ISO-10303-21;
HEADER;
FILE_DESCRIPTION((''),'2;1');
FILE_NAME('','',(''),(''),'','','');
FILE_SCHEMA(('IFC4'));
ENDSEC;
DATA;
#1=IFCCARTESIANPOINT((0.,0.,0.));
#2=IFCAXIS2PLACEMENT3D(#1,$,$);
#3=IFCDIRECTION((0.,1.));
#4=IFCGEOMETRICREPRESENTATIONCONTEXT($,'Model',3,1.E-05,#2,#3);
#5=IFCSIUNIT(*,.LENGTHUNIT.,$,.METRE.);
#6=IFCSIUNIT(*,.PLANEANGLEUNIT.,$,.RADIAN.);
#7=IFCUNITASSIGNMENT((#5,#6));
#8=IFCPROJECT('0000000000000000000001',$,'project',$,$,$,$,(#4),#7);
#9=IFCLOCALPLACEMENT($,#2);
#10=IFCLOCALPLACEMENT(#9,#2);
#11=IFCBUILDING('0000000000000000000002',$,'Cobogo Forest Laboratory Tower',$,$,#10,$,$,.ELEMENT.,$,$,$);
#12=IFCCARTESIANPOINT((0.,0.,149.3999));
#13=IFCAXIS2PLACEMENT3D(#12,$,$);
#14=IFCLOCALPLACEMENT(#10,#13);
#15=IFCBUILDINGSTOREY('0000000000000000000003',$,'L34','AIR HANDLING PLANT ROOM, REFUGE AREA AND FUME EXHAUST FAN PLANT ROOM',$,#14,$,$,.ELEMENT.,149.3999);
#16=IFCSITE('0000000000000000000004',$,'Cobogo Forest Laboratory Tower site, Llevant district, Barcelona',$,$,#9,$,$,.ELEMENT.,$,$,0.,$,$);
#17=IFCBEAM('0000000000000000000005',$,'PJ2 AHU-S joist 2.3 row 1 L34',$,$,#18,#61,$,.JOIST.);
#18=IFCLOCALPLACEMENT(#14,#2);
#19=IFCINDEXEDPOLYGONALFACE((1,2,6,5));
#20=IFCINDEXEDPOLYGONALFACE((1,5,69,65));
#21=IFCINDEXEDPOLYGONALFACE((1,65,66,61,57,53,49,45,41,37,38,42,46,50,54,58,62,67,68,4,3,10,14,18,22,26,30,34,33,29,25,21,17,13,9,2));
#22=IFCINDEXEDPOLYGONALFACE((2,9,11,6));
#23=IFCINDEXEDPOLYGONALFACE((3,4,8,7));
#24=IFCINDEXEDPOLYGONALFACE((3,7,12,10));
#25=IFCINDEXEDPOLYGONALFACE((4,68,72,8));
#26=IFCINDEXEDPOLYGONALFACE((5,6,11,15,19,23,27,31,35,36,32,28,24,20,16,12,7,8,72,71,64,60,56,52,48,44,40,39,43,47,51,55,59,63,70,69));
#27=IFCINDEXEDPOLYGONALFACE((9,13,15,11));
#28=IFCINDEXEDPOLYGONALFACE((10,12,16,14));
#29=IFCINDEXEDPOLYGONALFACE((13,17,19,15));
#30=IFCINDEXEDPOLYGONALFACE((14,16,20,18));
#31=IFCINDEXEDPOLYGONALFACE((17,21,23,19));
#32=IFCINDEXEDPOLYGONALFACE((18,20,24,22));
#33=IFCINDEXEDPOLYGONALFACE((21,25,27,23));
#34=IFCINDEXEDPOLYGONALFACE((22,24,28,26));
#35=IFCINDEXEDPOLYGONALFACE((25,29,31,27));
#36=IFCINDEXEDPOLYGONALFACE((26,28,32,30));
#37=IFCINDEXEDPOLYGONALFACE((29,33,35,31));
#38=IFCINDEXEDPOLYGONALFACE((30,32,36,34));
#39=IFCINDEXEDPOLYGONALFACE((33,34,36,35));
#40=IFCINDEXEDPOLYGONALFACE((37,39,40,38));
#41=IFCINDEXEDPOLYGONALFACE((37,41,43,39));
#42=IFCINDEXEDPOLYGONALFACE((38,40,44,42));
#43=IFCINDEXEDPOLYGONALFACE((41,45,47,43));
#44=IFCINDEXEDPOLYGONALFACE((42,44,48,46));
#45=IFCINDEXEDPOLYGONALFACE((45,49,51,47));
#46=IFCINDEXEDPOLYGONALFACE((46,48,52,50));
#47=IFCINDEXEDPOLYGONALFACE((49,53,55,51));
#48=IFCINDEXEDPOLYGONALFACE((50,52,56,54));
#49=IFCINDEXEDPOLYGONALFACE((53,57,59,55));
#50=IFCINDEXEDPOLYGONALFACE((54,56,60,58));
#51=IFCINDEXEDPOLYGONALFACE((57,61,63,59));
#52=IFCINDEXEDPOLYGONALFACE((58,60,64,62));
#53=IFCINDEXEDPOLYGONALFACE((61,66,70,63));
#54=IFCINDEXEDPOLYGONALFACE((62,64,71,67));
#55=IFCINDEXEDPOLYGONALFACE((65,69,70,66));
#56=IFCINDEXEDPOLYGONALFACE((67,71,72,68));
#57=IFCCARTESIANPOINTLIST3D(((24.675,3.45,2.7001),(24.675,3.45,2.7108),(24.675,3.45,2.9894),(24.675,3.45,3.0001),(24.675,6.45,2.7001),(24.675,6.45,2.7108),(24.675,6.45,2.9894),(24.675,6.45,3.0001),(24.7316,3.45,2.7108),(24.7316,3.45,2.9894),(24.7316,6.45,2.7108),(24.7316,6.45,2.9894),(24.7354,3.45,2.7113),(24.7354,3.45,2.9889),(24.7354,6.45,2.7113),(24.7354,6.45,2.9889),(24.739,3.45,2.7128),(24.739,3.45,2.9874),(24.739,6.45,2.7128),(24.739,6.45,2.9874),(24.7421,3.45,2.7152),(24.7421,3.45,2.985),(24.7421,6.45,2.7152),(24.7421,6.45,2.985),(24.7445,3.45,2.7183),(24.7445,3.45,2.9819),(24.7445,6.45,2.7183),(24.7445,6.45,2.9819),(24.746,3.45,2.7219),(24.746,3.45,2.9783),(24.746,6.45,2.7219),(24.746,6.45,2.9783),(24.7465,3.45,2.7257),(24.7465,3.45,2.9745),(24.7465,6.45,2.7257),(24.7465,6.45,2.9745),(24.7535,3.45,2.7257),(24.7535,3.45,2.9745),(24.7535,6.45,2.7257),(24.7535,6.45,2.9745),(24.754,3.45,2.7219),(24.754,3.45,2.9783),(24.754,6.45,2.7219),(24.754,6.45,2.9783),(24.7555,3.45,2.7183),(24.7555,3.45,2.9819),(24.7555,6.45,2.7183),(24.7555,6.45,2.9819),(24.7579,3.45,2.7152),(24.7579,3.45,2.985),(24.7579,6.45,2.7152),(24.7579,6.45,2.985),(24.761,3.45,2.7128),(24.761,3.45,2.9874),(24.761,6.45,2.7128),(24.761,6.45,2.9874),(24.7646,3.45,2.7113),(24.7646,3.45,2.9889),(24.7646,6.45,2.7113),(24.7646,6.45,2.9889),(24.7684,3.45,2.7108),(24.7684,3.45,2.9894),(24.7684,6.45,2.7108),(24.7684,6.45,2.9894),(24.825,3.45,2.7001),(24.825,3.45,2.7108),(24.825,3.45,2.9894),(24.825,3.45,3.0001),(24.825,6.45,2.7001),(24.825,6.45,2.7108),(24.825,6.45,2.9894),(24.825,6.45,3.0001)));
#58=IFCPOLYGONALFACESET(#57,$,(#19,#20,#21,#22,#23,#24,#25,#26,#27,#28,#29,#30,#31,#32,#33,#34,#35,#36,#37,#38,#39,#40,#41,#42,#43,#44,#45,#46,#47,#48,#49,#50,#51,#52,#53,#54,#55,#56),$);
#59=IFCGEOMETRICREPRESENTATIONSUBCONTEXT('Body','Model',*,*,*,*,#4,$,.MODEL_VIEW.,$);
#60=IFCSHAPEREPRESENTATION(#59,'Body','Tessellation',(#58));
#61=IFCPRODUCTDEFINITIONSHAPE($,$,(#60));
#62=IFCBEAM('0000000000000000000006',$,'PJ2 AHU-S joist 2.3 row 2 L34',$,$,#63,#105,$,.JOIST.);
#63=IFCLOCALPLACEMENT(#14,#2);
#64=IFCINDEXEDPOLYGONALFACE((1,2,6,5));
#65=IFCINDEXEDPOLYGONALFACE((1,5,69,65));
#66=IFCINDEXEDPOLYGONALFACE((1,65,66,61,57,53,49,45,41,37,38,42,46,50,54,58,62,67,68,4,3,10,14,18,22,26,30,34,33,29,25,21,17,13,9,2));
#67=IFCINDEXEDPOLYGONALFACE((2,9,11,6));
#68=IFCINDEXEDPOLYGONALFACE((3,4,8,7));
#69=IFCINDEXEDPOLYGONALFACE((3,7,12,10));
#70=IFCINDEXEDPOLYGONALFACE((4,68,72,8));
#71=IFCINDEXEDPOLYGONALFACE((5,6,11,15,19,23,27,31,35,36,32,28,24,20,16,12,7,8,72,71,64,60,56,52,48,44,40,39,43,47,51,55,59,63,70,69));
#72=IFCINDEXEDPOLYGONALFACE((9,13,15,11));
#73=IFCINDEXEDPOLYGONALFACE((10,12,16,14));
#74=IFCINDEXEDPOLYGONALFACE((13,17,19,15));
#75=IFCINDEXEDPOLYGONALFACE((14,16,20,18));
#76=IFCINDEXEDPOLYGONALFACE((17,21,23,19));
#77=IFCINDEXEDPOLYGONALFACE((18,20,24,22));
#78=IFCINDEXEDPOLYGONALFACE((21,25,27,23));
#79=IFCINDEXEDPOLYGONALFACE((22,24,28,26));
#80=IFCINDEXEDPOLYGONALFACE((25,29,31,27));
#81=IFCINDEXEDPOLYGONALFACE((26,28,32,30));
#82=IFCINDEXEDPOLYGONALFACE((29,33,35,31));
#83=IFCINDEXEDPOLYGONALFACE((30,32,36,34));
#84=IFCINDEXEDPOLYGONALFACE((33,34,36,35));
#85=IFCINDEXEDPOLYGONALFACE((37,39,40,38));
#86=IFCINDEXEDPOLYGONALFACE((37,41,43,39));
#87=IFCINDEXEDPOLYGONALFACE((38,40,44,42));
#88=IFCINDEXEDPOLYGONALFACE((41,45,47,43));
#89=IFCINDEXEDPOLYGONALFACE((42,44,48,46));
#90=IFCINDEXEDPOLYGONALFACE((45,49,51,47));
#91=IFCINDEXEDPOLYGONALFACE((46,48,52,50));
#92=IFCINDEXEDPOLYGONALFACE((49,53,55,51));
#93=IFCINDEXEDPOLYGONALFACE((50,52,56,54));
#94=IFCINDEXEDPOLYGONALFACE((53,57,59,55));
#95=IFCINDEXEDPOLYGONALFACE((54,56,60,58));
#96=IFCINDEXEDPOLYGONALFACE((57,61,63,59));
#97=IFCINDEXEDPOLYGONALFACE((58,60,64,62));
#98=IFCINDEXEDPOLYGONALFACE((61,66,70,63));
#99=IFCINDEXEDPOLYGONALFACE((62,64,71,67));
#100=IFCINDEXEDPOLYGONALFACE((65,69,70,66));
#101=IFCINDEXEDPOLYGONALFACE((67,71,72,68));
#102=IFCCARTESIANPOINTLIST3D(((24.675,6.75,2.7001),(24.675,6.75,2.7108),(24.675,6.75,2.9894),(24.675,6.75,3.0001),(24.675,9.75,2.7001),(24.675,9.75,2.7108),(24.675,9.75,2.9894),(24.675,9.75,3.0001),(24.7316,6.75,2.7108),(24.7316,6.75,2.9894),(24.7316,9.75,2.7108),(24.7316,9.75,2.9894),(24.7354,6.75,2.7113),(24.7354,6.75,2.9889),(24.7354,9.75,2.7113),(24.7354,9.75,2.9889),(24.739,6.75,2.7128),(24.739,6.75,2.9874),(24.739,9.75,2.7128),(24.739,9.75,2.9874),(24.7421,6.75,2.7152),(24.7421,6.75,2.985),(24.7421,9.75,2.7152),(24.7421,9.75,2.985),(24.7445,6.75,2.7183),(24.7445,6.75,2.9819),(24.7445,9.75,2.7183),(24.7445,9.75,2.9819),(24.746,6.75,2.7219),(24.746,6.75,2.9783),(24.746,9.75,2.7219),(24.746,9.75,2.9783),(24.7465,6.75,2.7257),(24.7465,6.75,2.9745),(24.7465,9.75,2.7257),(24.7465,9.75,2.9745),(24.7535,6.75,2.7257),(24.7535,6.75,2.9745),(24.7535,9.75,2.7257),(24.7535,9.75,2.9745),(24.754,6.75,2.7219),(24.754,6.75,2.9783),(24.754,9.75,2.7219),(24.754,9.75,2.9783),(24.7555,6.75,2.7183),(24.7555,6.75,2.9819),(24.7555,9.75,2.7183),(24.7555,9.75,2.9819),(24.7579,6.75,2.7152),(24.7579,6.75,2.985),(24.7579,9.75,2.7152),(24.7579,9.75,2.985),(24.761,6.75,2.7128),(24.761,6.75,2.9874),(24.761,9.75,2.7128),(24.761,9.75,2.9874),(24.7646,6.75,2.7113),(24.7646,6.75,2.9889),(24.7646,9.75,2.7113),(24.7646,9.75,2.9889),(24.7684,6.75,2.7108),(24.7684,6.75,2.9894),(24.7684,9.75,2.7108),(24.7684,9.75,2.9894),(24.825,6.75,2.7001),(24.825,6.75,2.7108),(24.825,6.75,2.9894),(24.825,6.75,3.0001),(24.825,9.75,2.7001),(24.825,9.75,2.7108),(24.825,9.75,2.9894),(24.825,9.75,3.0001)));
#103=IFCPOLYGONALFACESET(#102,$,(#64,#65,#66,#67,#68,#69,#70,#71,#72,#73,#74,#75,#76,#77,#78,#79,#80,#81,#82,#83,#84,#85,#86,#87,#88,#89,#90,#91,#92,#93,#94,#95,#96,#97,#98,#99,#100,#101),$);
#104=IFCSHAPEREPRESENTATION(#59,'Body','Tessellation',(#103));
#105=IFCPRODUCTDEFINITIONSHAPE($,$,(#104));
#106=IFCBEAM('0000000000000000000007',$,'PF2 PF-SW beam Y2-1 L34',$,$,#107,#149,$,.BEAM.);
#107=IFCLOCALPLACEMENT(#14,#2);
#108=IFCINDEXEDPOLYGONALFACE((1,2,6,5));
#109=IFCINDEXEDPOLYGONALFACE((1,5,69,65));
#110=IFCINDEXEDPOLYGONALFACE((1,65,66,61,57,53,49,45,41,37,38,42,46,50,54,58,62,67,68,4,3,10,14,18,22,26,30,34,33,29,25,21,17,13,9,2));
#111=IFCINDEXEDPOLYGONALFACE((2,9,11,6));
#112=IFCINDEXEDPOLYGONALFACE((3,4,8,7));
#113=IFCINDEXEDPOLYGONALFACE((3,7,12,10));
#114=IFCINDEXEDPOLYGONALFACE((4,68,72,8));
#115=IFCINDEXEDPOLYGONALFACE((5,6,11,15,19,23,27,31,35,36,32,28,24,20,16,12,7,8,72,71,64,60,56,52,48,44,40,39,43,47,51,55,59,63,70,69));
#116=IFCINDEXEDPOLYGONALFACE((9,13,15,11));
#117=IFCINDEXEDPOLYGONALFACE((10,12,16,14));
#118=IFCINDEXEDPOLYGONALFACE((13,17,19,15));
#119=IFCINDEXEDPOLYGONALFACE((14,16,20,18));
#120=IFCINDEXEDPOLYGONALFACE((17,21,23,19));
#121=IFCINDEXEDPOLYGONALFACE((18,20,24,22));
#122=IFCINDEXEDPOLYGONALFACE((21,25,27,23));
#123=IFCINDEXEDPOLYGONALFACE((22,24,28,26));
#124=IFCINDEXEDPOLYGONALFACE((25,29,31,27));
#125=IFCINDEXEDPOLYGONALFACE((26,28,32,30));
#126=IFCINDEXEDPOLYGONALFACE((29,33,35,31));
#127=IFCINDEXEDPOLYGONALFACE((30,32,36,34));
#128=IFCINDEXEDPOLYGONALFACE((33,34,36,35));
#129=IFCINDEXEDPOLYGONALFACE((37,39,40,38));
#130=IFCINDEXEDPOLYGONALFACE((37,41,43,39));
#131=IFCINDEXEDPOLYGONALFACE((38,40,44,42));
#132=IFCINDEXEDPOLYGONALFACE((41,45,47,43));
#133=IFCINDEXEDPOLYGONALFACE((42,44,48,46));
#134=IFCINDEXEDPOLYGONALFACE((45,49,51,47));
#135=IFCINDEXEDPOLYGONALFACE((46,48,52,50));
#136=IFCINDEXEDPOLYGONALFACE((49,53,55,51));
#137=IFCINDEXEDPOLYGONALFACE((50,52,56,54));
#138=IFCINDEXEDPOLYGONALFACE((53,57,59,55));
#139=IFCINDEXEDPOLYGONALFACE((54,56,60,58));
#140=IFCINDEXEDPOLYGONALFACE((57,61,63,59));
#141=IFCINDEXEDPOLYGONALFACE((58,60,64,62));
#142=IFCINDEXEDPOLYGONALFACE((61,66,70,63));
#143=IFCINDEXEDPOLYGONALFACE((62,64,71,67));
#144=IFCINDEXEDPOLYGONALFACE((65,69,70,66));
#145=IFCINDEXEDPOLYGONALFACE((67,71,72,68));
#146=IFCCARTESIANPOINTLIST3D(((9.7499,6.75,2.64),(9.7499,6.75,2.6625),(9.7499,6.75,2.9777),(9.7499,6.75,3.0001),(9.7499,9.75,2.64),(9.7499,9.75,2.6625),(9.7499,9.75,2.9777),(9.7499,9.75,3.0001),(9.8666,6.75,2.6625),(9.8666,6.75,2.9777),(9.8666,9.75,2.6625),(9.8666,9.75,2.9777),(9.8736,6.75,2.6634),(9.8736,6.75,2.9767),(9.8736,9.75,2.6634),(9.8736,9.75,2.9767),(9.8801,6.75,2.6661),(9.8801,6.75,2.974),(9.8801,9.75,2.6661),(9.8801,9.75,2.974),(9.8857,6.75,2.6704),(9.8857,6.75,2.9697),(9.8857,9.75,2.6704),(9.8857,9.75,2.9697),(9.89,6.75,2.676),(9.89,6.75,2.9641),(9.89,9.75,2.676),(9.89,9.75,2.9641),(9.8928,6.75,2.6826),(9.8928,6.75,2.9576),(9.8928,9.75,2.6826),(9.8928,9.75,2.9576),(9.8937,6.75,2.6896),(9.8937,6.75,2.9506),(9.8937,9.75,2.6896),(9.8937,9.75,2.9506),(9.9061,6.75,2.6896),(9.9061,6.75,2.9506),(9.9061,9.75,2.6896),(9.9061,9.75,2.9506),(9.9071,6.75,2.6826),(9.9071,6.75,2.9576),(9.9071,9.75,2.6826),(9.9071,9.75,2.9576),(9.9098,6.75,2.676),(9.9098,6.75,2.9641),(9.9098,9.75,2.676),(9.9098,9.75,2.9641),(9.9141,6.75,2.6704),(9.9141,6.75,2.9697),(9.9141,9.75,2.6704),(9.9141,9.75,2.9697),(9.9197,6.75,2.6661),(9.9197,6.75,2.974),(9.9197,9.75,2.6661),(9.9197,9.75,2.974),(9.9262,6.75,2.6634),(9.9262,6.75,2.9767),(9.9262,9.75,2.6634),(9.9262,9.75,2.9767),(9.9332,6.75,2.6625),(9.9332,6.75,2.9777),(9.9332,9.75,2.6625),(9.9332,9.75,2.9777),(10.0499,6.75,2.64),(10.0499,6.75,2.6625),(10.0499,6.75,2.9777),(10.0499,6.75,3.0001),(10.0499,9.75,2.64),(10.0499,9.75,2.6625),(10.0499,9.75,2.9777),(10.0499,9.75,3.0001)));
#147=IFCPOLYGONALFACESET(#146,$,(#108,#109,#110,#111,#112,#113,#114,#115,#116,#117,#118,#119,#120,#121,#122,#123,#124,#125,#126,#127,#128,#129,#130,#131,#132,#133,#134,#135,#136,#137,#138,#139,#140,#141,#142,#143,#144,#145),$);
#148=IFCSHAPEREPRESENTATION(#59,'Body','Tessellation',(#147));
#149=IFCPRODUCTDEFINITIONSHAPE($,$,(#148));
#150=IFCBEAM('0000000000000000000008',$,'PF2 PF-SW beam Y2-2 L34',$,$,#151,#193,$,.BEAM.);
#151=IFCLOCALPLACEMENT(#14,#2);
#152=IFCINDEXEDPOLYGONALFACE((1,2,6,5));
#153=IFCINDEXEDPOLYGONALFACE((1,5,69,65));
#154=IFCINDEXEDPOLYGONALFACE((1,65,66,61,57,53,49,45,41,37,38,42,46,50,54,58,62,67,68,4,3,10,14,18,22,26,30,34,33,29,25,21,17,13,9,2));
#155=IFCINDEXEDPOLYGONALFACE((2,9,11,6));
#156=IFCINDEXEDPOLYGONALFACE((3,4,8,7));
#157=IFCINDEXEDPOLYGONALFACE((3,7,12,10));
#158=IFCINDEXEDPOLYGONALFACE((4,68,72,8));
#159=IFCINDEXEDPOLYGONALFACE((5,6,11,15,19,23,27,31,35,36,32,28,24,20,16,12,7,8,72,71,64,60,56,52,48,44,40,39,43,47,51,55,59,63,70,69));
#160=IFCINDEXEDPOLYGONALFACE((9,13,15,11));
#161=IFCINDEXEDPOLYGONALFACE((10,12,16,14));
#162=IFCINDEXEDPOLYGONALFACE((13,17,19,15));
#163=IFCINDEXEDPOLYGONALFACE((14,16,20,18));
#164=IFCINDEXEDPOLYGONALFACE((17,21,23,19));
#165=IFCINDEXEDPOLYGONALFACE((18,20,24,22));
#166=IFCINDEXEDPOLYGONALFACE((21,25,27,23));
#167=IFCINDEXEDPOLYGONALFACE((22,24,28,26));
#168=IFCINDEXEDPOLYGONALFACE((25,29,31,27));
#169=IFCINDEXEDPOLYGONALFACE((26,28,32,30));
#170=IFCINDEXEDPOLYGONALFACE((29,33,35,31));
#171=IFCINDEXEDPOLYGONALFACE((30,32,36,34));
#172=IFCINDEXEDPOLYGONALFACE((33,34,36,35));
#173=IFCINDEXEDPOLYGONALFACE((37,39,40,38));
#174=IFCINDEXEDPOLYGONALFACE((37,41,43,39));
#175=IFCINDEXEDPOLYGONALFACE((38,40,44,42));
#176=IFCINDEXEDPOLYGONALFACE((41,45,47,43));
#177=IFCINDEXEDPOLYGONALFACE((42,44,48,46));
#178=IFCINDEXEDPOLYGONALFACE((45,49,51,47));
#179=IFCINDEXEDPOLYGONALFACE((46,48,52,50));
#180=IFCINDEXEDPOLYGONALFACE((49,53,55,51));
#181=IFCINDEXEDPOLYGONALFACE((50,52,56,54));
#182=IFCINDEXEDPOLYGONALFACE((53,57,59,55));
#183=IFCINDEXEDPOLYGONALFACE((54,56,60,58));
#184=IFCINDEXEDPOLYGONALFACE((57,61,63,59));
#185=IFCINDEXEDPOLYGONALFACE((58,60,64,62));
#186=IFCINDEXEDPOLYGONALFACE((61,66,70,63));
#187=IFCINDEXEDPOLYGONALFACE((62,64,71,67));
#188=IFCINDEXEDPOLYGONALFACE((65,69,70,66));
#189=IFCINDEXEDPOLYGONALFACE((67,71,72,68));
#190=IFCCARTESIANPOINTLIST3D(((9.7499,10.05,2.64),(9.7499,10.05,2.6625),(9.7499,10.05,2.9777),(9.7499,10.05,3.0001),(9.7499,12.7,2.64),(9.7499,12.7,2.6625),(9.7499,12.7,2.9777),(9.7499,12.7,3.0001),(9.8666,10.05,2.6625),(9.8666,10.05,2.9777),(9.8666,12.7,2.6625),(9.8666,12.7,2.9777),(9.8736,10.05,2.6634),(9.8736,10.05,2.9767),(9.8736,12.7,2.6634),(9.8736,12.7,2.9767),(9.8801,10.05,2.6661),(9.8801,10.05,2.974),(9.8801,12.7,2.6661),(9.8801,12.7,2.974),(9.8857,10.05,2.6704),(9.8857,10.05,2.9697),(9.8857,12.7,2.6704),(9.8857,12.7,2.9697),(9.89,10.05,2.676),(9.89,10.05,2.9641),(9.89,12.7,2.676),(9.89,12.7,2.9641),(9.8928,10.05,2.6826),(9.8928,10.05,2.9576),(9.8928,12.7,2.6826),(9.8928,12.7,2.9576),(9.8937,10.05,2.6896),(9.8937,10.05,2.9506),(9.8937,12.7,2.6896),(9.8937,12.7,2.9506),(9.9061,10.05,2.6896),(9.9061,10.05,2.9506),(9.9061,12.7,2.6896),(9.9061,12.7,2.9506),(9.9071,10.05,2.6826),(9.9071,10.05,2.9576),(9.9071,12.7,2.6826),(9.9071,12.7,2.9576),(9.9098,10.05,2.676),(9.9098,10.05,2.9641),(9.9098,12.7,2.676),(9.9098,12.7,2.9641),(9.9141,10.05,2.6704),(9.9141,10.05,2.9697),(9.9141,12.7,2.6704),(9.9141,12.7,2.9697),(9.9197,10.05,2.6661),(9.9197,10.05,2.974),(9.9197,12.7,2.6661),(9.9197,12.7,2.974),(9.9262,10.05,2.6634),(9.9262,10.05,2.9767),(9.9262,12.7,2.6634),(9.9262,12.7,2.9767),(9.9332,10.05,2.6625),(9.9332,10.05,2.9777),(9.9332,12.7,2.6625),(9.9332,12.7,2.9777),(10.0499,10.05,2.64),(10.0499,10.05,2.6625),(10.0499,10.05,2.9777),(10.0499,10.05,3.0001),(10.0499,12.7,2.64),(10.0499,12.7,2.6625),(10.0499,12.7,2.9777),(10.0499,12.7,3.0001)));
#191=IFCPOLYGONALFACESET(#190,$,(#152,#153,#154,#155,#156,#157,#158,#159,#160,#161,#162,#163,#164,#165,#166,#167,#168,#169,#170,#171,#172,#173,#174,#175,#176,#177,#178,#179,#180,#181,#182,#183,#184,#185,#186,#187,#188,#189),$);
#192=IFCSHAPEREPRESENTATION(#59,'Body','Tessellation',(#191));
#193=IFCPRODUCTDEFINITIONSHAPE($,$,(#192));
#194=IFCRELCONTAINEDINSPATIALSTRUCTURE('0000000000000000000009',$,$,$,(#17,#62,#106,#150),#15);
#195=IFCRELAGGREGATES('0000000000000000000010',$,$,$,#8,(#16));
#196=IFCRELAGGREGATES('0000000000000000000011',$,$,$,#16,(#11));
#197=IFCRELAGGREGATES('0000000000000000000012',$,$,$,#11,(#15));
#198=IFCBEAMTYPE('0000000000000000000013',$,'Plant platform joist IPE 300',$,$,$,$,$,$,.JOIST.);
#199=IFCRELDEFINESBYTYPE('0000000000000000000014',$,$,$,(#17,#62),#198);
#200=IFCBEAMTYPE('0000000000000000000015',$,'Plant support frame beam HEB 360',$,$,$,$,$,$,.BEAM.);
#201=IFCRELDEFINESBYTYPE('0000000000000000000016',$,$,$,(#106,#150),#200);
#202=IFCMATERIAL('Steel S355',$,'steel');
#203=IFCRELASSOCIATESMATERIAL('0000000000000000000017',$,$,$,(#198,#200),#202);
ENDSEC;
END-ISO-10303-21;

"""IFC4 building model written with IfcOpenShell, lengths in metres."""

from ifc_helpers import new_model, si_unit, direction, frame, origin, origin_2d, place, context, subcontext, project, spatial, i_section, extrude, material, material_profile, profile_set, type_object, element, save


model = new_model("IFC4")

# Units and contexts
model_context = context("Model", 3, precision=1e-05, world=origin(), true_north=direction((0.0, 1.0)))
body_context = subcontext(model_context, "Body", "Model", "MODEL_VIEW")
ifc_project = project(units=[si_unit("LENGTHUNIT", "METRE"), si_unit("PLANEANGLEUNIT", "RADIAN")], contexts=[model_context])

# Site, building, storey
site_placement = place(None, origin())
site = spatial("IfcSite", under=ifc_project, at=site_placement, Name="Cobogo Forest Laboratory Tower site, Llevant district, Barcelona", CompositionType="ELEMENT", RefElevation=0.0)
building_placement = place(site_placement, origin())
building = spatial("IfcBuilding", under=site, at=building_placement, Name="Cobogo Forest Laboratory Tower", CompositionType="ELEMENT")
storey_placement = place(building_placement, frame((0.0, 0.0, 149.3999)))
storey = spatial("IfcBuildingStorey", under=building, at=storey_placement, Name="L34", Description="AIR HANDLING PLANT ROOM, REFUGE AREA AND FUME EXHAUST FAN PLANT ROOM", CompositionType="ELEMENT", Elevation=149.3999)

# Beams
ifc_material_1 = material(Name="Steel S355", Category="steel")
ifc_material_profile_1 = material_profile(ifc_material_1, i_section(OverallWidth=0.1499, OverallDepth=0.3, WebThickness=0.0071, FlangeThickness=0.0107, FilletRadius=0.0149, at=origin_2d()), Name="IPE 300")
ifc_profile_set_1 = profile_set([ifc_material_profile_1], Name="Steel S355")
beam_type_1 = type_object("IfcBeamType", Name="Plant platform joist IPE 300", PredefinedType="JOIST", material=ifc_profile_set_1)
for number, where, z_axis, x_axis, name in (
    (1, (24.75, 3.45, 2.8501), (0.0, 1.0, 0.0), (-1.0, 0.0, 0.0), "PJ2 AHU-S joist 2.3 row 1 L34"),
    (2, (24.75, 6.75, 2.8501), (0.0, 1.0, 0.0), (-1.0, 0.0, 0.0), "PJ2 AHU-S joist 2.3 row 2 L34"),
):
    element("IfcBeam", number, at=place(storey_placement, frame(where, z_axis=z_axis, x_axis=x_axis)), inside=storey, type_object=beam_type_1, Name=name, PredefinedType="JOIST", context=body_context, shape_type="SweptSolid", body=[
        extrude(i_section(OverallWidth=0.1499, OverallDepth=0.3, WebThickness=0.0071, FlangeThickness=0.0107, FilletRadius=0.0149, at=origin_2d()), origin(), (0.0, 0.0, 1.0), 3.0),
    ])
ifc_material_profile_2 = material_profile(ifc_material_1, i_section(OverallWidth=0.3, OverallDepth=0.3601, WebThickness=0.0125, FlangeThickness=0.0225, FilletRadius=0.0271, at=origin_2d()), Name="HEB 360")
ifc_profile_set_2 = profile_set([ifc_material_profile_2], Name="Steel S355")
beam_type_2 = type_object("IfcBeamType", Name="Plant support frame beam HEB 360", PredefinedType="BEAM", material=ifc_profile_set_2)
beam_1_placement = place(storey_placement, frame((9.8999, 6.75, 2.8201), z_axis=(0.0, 1.0, 0.0), x_axis=(-1.0, 0.0, 0.0)))
element("IfcBeam", 3, at=beam_1_placement, inside=storey, type_object=beam_type_2, Name="PF2 PF-SW beam Y2-1 L34", PredefinedType="BEAM", context=body_context, shape_type="SweptSolid", body=[
    extrude(i_section(OverallWidth=0.3, OverallDepth=0.3601, WebThickness=0.0125, FlangeThickness=0.0225, FilletRadius=0.0271, at=origin_2d()), origin(), (0.0, 0.0, 1.0), 3.0),
])
beam_2_placement = place(storey_placement, frame((9.8999, 10.05, 2.8201), z_axis=(0.0, 1.0, 0.0), x_axis=(-1.0, 0.0, 0.0)))
element("IfcBeam", 4, at=beam_2_placement, inside=storey, type_object=beam_type_2, Name="PF2 PF-SW beam Y2-2 L34", PredefinedType="BEAM", context=body_context, shape_type="SweptSolid", body=[
    extrude(i_section(OverallWidth=0.3, OverallDepth=0.3601, WebThickness=0.0125, FlangeThickness=0.0225, FilletRadius=0.0271, at=origin_2d()), origin(), (0.0, 0.0, 1.0), 2.6499),
])

save(model, "model.ifc")
